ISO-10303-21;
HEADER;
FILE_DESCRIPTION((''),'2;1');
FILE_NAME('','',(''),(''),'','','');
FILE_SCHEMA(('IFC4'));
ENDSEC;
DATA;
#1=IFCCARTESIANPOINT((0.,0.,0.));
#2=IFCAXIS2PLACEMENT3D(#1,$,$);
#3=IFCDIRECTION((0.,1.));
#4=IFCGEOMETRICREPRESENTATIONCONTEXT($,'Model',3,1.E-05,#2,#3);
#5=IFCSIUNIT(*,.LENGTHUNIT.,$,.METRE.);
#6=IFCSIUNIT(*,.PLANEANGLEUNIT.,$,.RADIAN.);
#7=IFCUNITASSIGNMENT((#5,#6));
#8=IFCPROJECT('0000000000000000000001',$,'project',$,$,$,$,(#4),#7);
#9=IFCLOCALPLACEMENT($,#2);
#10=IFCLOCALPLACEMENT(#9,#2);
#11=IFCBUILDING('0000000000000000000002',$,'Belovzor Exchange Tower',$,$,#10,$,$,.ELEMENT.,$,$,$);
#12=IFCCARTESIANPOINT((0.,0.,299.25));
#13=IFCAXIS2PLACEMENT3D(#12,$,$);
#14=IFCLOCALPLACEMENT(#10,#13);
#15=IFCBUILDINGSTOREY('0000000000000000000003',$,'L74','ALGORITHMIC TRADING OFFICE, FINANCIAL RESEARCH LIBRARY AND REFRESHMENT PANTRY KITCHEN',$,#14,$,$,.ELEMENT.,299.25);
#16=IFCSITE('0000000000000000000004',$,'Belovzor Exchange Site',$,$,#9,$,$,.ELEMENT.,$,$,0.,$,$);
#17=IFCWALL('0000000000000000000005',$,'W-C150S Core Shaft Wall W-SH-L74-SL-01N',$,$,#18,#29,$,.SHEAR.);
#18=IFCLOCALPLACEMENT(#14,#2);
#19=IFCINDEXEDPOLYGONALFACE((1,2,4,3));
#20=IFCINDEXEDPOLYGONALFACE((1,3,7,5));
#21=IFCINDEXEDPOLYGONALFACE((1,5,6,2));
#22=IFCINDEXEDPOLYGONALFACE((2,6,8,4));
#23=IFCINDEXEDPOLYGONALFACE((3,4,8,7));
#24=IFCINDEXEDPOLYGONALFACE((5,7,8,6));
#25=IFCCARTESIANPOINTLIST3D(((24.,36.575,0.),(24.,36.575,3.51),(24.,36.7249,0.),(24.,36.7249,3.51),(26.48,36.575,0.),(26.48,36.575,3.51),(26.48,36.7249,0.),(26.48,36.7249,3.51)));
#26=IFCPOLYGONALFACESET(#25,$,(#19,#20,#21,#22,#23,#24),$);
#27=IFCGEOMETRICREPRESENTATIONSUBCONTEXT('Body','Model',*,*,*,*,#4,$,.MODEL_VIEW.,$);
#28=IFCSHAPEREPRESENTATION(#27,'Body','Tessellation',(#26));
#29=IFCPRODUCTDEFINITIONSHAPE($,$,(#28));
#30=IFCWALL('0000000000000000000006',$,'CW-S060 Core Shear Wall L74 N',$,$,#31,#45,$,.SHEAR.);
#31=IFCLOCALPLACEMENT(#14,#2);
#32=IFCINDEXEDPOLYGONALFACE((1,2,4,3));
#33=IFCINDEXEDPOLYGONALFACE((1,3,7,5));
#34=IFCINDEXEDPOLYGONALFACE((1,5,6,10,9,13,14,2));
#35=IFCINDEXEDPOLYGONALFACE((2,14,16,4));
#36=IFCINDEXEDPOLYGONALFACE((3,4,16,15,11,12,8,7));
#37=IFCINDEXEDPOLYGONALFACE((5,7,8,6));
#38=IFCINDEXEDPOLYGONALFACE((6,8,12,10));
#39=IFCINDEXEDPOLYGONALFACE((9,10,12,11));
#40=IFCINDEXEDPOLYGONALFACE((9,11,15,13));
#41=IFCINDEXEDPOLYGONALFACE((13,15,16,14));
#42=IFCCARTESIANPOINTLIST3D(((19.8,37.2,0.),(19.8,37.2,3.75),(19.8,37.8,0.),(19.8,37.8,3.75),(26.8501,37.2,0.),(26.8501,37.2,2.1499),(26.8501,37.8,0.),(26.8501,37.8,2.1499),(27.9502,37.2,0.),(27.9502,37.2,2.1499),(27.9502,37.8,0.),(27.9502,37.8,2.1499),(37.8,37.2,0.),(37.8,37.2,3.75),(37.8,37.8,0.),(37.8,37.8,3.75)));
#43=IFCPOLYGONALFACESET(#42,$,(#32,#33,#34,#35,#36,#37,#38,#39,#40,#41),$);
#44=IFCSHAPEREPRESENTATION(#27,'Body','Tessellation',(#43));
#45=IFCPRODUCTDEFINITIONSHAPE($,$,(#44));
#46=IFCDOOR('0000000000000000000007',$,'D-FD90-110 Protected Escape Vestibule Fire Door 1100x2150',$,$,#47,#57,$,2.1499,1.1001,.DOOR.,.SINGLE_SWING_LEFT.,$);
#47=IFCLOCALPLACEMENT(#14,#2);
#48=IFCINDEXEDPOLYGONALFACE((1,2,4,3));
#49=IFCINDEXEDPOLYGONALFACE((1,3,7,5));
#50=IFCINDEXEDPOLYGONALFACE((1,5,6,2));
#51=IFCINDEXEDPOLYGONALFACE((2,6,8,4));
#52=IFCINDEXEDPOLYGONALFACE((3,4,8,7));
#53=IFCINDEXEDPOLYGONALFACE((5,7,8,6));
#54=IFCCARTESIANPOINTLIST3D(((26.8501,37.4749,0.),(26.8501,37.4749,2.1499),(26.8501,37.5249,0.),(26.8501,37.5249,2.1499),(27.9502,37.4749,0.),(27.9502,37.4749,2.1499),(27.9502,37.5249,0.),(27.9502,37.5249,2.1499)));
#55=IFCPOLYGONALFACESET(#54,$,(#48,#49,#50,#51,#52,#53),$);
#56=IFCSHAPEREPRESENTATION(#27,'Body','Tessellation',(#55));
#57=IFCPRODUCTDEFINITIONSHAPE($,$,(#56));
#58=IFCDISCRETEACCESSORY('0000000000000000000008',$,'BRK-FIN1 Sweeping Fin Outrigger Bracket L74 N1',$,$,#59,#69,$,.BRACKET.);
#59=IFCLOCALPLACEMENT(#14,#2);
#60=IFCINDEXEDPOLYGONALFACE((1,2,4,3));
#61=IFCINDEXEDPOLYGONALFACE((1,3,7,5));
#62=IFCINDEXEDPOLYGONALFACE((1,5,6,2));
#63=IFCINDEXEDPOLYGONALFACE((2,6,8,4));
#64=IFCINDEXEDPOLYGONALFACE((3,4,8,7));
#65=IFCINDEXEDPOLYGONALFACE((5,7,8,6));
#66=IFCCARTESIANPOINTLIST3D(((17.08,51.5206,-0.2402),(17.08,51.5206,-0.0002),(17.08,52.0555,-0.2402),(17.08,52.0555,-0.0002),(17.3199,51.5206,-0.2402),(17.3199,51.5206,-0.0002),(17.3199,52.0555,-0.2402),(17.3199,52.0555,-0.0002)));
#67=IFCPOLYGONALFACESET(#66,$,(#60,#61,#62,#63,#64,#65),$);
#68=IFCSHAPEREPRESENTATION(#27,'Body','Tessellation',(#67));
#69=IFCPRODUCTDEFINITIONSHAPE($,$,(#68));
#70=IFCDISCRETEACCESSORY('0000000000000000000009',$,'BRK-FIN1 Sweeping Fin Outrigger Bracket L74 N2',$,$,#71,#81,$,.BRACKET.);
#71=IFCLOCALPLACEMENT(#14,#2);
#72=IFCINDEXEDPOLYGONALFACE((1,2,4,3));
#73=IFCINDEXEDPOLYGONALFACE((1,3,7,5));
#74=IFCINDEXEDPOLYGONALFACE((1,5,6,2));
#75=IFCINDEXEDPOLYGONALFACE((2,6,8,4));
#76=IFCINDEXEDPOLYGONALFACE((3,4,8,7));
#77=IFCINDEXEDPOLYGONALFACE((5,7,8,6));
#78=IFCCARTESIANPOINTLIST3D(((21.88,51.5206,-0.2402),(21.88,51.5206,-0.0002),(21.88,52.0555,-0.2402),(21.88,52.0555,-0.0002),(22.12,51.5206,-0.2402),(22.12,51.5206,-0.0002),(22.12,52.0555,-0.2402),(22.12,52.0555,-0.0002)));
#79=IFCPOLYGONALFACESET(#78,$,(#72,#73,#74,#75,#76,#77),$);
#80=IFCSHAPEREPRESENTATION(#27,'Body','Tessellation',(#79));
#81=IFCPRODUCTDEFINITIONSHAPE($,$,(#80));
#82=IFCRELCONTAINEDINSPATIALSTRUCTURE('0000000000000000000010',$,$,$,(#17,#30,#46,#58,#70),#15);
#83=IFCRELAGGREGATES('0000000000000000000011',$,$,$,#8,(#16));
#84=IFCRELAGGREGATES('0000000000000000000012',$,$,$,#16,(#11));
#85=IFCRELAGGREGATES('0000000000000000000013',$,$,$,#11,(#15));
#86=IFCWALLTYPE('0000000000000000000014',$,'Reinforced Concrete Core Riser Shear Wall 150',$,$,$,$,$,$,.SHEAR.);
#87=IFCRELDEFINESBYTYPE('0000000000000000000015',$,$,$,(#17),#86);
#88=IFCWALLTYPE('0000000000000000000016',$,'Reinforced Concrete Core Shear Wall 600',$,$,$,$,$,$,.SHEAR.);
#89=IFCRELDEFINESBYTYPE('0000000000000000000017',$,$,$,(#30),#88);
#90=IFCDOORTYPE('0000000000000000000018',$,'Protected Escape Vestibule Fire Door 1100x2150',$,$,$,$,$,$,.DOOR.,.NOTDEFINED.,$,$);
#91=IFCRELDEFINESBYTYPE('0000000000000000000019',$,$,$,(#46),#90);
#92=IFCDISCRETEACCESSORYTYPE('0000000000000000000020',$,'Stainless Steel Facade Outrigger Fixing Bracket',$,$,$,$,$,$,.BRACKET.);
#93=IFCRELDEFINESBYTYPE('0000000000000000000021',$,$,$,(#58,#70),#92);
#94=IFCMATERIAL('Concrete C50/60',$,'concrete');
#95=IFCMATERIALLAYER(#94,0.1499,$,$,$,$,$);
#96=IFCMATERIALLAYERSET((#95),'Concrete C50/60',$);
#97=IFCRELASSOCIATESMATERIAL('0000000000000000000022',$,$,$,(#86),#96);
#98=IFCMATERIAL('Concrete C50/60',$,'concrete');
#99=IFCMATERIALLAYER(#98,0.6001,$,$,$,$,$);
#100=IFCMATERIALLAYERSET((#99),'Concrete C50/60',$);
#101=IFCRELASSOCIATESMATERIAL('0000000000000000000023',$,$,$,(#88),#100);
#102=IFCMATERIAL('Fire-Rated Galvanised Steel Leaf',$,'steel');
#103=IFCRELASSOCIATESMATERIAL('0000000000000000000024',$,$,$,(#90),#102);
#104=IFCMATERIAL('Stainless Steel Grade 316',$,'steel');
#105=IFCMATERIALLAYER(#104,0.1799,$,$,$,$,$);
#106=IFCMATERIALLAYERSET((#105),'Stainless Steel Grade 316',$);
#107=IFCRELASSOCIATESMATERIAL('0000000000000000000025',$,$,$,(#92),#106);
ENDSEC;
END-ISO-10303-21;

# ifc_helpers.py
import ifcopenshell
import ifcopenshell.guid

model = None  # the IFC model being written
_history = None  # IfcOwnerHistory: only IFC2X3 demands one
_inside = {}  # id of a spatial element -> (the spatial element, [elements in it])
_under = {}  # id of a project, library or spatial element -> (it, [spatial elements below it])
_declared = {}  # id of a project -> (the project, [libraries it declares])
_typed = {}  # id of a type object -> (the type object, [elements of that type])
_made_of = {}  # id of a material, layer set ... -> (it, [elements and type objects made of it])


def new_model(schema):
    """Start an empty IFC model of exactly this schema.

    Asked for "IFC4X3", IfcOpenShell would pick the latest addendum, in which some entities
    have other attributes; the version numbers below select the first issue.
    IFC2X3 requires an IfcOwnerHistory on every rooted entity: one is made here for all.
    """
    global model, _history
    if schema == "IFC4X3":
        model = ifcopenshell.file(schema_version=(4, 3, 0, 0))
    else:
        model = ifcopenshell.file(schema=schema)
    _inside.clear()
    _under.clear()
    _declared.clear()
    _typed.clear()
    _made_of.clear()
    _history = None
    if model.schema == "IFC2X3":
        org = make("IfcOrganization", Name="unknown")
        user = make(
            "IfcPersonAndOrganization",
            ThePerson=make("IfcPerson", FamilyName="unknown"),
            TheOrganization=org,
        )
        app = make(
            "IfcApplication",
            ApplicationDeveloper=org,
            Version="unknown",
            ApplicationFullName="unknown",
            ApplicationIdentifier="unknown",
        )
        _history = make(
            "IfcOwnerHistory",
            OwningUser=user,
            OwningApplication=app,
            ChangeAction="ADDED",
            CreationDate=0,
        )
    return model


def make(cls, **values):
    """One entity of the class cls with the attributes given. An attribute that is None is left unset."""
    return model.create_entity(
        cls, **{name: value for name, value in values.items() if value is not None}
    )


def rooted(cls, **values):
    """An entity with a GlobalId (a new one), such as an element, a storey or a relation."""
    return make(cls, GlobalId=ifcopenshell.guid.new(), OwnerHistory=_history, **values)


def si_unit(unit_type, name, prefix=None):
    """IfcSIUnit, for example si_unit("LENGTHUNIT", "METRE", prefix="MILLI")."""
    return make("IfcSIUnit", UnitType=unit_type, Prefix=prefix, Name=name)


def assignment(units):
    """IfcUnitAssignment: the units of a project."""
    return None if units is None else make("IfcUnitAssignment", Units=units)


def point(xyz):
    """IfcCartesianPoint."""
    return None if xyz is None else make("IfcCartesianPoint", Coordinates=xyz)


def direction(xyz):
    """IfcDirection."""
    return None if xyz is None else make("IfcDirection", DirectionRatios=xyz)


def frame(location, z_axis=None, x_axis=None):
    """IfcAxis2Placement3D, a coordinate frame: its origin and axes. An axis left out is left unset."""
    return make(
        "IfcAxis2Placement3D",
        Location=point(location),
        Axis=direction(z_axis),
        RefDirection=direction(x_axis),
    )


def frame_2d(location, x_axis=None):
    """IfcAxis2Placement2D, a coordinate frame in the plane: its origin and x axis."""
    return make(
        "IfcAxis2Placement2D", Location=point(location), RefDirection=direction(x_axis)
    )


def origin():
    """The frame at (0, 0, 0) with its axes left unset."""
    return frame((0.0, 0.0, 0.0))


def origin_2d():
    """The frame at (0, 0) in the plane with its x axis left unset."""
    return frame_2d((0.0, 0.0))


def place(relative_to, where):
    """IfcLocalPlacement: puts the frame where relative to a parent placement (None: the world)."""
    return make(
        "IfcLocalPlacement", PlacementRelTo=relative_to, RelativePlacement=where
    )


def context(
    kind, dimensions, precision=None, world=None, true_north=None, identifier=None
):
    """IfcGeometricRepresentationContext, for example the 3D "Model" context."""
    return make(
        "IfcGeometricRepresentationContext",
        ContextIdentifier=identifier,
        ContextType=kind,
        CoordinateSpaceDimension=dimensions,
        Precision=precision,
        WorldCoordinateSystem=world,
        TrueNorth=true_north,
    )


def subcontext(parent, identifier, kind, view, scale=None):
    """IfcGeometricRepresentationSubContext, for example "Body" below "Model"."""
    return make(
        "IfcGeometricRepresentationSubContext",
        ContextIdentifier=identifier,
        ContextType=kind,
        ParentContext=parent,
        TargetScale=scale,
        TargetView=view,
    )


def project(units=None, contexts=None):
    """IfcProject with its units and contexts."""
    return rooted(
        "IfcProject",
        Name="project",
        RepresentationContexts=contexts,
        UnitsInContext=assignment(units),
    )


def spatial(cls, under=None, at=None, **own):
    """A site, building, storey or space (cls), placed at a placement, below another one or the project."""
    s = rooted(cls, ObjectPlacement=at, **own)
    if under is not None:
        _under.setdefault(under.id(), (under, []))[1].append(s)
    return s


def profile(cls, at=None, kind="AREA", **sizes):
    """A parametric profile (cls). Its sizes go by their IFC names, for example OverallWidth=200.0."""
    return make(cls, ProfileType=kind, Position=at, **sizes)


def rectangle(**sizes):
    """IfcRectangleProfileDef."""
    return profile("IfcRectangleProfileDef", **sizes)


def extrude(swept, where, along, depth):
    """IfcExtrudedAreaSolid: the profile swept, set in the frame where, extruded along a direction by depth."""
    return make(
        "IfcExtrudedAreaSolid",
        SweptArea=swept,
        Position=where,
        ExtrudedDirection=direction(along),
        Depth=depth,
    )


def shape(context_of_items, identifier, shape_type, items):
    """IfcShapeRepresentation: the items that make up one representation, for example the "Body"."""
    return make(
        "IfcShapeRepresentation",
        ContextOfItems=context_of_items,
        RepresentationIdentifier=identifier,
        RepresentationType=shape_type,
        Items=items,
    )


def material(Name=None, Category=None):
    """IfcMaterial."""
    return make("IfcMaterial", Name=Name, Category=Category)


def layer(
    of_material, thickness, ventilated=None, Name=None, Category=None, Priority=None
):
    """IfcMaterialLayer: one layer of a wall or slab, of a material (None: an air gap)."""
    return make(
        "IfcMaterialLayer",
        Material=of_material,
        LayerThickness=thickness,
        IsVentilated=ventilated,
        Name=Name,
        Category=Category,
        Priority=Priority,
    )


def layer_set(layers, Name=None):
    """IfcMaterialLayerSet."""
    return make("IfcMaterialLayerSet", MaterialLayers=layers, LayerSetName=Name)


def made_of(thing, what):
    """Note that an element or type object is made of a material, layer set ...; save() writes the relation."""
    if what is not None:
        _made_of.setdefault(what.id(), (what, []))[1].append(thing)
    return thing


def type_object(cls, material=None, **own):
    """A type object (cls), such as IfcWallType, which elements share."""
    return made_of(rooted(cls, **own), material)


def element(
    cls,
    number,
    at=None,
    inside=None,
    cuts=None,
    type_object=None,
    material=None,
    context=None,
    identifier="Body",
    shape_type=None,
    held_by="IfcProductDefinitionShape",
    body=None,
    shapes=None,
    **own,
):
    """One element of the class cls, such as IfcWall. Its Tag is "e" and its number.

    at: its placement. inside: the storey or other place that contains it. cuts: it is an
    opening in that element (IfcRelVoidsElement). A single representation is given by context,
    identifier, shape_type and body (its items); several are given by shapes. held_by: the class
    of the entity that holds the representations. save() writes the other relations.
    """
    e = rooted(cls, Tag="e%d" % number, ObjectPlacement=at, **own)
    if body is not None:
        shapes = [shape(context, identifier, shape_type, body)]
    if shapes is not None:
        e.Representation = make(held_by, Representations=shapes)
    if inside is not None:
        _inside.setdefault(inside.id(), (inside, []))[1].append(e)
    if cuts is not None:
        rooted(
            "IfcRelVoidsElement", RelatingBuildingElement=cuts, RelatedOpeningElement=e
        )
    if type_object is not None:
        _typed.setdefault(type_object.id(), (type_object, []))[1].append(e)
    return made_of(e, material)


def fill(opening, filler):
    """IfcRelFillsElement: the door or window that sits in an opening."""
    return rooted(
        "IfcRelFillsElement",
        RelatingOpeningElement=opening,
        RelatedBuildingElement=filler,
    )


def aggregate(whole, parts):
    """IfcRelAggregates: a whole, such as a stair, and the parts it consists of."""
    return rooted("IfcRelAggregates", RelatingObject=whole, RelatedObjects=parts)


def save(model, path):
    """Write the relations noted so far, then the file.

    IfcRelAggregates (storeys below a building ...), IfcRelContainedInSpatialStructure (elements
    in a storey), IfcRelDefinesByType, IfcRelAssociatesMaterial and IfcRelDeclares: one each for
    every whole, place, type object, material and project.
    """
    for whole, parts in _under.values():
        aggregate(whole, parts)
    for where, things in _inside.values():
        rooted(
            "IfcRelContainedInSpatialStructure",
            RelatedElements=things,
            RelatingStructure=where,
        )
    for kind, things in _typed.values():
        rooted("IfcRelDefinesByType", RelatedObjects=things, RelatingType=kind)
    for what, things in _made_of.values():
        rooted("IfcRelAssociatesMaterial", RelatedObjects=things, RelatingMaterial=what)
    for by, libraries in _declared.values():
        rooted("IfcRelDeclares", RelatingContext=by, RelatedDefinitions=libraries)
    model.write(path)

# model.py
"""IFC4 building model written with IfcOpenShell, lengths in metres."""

from ifc_helpers import new_model, si_unit, direction, frame, frame_2d, origin, origin_2d, place, context, subcontext, project, spatial, rectangle, extrude, material, layer, layer_set, type_object, element, fill, save


model = new_model("IFC4")

# Units and contexts
model_context = context("Model", 3, precision=1e-05, world=origin(), true_north=direction((0.0, 1.0)))
body_context = subcontext(model_context, "Body", "Model", "MODEL_VIEW")
ifc_project = project(units=[si_unit("LENGTHUNIT", "METRE"), si_unit("PLANEANGLEUNIT", "RADIAN")], contexts=[model_context])

# Site, building, storey
site_placement = place(None, origin())
site = spatial("IfcSite", under=ifc_project, at=site_placement, Name="Belovzor Exchange Site", CompositionType="ELEMENT", RefElevation=0.0)
building_placement = place(site_placement, origin())
building = spatial("IfcBuilding", under=site, at=building_placement, Name="Belovzor Exchange Tower", CompositionType="ELEMENT")
storey_placement = place(building_placement, frame((0.0, 0.0, 299.25)))
storey = spatial("IfcBuildingStorey", under=building, at=storey_placement, Name="L74", Description="ALGORITHMIC TRADING OFFICE, FINANCIAL RESEARCH LIBRARY AND REFRESHMENT PANTRY KITCHEN", CompositionType="ELEMENT", Elevation=299.25)

# Wall
ifc_material_1 = material(Name="Concrete C50/60", Category="concrete")
ifc_layer_1 = layer(ifc_material_1, 0.1499)
ifc_layer_set_1 = layer_set([ifc_layer_1], Name="Concrete C50/60")
wall_type_1 = type_object("IfcWallType", Name="Reinforced Concrete Core Riser Shear Wall 150", PredefinedType="SHEAR", material=ifc_layer_set_1)
wall_1_placement = place(storey_placement, frame((24.0, 36.6499, 0.0), z_axis=(0.0, 0.0, 1.0), x_axis=(1.0, 0.0, 0.0)))
element("IfcWall", 1, at=wall_1_placement, inside=storey, type_object=wall_type_1, Name="W-C150S Core Shaft Wall W-SH-L74-SL-01N", PredefinedType="SHEAR", context=body_context, shape_type="SweptSolid", body=[
    extrude(rectangle(XDim=2.48, YDim=0.1499, at=frame_2d((1.24, 0.0))), origin(), (0.0, 0.0, 1.0), 3.51),
])

# Wall, opening, door
ifc_material_2 = material(Name="Concrete C50/60", Category="concrete")
ifc_layer_2 = layer(ifc_material_2, 0.6001)
ifc_layer_set_2 = layer_set([ifc_layer_2], Name="Concrete C50/60")
wall_type_2 = type_object("IfcWallType", Name="Reinforced Concrete Core Shear Wall 600", PredefinedType="SHEAR", material=ifc_layer_set_2)
wall_2_placement = place(storey_placement, frame((19.8, 37.5, 0.0), z_axis=(0.0, 0.0, 1.0), x_axis=(1.0, 0.0, 0.0)))
wall_2 = element("IfcWall", 2, at=wall_2_placement, inside=storey, type_object=wall_type_2, Name="CW-S060 Core Shear Wall L74 N", PredefinedType="SHEAR", context=body_context, shape_type="SweptSolid", body=[
    extrude(rectangle(XDim=18.0, YDim=0.6001, at=frame_2d((9.0, 0.0))), origin(), (0.0, 0.0, 1.0), 3.75),
])
opening_1_placement = place(wall_2_placement, frame((7.05, 0.0, 0.0)))
opening_1 = element("IfcOpeningElement", 3, at=opening_1_placement, cuts=wall_2, PredefinedType="OPENING", context=body_context, shape_type="SweptSolid", body=[
    extrude(rectangle(XDim=1.1001, YDim=2.1499, at=frame_2d((0.55, 1.075))), frame((0.0, 0.3101, 0.0), z_axis=(0.0, -1.0, 0.0), x_axis=(1.0, 0.0, 0.0)), (0.0, 0.0, 1.0), 0.6201),
])
ifc_material_3 = material(Name="Fire-Rated Galvanised Steel Leaf", Category="steel")
door_type_1 = type_object("IfcDoorType", Name="Protected Escape Vestibule Fire Door 1100x2150", OperationType="NOTDEFINED", PredefinedType="DOOR", material=ifc_material_3)
door_1_placement = place(opening_1_placement, origin())
door_1 = element("IfcDoor", 4, at=door_1_placement, inside=storey, type_object=door_type_1, Name="D-FD90-110 Protected Escape Vestibule Fire Door 1100x2150", OperationType="SINGLE_SWING_LEFT", OverallHeight=2.1499, OverallWidth=1.1001, PredefinedType="DOOR", context=body_context, shape_type="SweptSolid", body=[
    extrude(rectangle(XDim=1.1001, YDim=2.1499, at=frame_2d((0.55, 1.075))), frame((0.0, 0.0249, 0.0), z_axis=(0.0, -1.0, 0.0), x_axis=(1.0, 0.0, 0.0)), (0.0, 0.0, 1.0), 0.05),
])
fill(opening_1, door_1)

# Discrete accessories
ifc_material_4 = material(Name="Stainless Steel Grade 316", Category="steel")
ifc_layer_3 = layer(ifc_material_4, 0.1799)
ifc_layer_set_3 = layer_set([ifc_layer_3], Name="Stainless Steel Grade 316")
discrete_accessory_type = type_object("IfcDiscreteAccessoryType", Name="Stainless Steel Facade Outrigger Fixing Bracket", PredefinedType="BRACKET", material=ifc_layer_set_3)
for number, where, z_axis, x_axis, name in (
    (5, (17.2, 51.7881, -0.2402), (0.0, 0.0, 1.0), (0.0, 1.0, 0.0), "BRK-FIN1 Sweeping Fin Outrigger Bracket L74 N1"),
    (6, (22.0, 51.7881, -0.2402), (0.0, 0.0, 1.0), (0.0, 1.0, 0.0), "BRK-FIN1 Sweeping Fin Outrigger Bracket L74 N2"),
):
    element("IfcDiscreteAccessory", number, at=place(storey_placement, frame(where, z_axis=z_axis, x_axis=x_axis)), inside=storey, type_object=discrete_accessory_type, Name=name, PredefinedType="BRACKET", context=body_context, shape_type="SweptSolid", body=[
        extrude(rectangle(XDim=0.5349, YDim=0.24, at=origin_2d()), origin(), (0.0, 0.0, 1.0), 0.24),
    ])

save(model, "model.ifc")
